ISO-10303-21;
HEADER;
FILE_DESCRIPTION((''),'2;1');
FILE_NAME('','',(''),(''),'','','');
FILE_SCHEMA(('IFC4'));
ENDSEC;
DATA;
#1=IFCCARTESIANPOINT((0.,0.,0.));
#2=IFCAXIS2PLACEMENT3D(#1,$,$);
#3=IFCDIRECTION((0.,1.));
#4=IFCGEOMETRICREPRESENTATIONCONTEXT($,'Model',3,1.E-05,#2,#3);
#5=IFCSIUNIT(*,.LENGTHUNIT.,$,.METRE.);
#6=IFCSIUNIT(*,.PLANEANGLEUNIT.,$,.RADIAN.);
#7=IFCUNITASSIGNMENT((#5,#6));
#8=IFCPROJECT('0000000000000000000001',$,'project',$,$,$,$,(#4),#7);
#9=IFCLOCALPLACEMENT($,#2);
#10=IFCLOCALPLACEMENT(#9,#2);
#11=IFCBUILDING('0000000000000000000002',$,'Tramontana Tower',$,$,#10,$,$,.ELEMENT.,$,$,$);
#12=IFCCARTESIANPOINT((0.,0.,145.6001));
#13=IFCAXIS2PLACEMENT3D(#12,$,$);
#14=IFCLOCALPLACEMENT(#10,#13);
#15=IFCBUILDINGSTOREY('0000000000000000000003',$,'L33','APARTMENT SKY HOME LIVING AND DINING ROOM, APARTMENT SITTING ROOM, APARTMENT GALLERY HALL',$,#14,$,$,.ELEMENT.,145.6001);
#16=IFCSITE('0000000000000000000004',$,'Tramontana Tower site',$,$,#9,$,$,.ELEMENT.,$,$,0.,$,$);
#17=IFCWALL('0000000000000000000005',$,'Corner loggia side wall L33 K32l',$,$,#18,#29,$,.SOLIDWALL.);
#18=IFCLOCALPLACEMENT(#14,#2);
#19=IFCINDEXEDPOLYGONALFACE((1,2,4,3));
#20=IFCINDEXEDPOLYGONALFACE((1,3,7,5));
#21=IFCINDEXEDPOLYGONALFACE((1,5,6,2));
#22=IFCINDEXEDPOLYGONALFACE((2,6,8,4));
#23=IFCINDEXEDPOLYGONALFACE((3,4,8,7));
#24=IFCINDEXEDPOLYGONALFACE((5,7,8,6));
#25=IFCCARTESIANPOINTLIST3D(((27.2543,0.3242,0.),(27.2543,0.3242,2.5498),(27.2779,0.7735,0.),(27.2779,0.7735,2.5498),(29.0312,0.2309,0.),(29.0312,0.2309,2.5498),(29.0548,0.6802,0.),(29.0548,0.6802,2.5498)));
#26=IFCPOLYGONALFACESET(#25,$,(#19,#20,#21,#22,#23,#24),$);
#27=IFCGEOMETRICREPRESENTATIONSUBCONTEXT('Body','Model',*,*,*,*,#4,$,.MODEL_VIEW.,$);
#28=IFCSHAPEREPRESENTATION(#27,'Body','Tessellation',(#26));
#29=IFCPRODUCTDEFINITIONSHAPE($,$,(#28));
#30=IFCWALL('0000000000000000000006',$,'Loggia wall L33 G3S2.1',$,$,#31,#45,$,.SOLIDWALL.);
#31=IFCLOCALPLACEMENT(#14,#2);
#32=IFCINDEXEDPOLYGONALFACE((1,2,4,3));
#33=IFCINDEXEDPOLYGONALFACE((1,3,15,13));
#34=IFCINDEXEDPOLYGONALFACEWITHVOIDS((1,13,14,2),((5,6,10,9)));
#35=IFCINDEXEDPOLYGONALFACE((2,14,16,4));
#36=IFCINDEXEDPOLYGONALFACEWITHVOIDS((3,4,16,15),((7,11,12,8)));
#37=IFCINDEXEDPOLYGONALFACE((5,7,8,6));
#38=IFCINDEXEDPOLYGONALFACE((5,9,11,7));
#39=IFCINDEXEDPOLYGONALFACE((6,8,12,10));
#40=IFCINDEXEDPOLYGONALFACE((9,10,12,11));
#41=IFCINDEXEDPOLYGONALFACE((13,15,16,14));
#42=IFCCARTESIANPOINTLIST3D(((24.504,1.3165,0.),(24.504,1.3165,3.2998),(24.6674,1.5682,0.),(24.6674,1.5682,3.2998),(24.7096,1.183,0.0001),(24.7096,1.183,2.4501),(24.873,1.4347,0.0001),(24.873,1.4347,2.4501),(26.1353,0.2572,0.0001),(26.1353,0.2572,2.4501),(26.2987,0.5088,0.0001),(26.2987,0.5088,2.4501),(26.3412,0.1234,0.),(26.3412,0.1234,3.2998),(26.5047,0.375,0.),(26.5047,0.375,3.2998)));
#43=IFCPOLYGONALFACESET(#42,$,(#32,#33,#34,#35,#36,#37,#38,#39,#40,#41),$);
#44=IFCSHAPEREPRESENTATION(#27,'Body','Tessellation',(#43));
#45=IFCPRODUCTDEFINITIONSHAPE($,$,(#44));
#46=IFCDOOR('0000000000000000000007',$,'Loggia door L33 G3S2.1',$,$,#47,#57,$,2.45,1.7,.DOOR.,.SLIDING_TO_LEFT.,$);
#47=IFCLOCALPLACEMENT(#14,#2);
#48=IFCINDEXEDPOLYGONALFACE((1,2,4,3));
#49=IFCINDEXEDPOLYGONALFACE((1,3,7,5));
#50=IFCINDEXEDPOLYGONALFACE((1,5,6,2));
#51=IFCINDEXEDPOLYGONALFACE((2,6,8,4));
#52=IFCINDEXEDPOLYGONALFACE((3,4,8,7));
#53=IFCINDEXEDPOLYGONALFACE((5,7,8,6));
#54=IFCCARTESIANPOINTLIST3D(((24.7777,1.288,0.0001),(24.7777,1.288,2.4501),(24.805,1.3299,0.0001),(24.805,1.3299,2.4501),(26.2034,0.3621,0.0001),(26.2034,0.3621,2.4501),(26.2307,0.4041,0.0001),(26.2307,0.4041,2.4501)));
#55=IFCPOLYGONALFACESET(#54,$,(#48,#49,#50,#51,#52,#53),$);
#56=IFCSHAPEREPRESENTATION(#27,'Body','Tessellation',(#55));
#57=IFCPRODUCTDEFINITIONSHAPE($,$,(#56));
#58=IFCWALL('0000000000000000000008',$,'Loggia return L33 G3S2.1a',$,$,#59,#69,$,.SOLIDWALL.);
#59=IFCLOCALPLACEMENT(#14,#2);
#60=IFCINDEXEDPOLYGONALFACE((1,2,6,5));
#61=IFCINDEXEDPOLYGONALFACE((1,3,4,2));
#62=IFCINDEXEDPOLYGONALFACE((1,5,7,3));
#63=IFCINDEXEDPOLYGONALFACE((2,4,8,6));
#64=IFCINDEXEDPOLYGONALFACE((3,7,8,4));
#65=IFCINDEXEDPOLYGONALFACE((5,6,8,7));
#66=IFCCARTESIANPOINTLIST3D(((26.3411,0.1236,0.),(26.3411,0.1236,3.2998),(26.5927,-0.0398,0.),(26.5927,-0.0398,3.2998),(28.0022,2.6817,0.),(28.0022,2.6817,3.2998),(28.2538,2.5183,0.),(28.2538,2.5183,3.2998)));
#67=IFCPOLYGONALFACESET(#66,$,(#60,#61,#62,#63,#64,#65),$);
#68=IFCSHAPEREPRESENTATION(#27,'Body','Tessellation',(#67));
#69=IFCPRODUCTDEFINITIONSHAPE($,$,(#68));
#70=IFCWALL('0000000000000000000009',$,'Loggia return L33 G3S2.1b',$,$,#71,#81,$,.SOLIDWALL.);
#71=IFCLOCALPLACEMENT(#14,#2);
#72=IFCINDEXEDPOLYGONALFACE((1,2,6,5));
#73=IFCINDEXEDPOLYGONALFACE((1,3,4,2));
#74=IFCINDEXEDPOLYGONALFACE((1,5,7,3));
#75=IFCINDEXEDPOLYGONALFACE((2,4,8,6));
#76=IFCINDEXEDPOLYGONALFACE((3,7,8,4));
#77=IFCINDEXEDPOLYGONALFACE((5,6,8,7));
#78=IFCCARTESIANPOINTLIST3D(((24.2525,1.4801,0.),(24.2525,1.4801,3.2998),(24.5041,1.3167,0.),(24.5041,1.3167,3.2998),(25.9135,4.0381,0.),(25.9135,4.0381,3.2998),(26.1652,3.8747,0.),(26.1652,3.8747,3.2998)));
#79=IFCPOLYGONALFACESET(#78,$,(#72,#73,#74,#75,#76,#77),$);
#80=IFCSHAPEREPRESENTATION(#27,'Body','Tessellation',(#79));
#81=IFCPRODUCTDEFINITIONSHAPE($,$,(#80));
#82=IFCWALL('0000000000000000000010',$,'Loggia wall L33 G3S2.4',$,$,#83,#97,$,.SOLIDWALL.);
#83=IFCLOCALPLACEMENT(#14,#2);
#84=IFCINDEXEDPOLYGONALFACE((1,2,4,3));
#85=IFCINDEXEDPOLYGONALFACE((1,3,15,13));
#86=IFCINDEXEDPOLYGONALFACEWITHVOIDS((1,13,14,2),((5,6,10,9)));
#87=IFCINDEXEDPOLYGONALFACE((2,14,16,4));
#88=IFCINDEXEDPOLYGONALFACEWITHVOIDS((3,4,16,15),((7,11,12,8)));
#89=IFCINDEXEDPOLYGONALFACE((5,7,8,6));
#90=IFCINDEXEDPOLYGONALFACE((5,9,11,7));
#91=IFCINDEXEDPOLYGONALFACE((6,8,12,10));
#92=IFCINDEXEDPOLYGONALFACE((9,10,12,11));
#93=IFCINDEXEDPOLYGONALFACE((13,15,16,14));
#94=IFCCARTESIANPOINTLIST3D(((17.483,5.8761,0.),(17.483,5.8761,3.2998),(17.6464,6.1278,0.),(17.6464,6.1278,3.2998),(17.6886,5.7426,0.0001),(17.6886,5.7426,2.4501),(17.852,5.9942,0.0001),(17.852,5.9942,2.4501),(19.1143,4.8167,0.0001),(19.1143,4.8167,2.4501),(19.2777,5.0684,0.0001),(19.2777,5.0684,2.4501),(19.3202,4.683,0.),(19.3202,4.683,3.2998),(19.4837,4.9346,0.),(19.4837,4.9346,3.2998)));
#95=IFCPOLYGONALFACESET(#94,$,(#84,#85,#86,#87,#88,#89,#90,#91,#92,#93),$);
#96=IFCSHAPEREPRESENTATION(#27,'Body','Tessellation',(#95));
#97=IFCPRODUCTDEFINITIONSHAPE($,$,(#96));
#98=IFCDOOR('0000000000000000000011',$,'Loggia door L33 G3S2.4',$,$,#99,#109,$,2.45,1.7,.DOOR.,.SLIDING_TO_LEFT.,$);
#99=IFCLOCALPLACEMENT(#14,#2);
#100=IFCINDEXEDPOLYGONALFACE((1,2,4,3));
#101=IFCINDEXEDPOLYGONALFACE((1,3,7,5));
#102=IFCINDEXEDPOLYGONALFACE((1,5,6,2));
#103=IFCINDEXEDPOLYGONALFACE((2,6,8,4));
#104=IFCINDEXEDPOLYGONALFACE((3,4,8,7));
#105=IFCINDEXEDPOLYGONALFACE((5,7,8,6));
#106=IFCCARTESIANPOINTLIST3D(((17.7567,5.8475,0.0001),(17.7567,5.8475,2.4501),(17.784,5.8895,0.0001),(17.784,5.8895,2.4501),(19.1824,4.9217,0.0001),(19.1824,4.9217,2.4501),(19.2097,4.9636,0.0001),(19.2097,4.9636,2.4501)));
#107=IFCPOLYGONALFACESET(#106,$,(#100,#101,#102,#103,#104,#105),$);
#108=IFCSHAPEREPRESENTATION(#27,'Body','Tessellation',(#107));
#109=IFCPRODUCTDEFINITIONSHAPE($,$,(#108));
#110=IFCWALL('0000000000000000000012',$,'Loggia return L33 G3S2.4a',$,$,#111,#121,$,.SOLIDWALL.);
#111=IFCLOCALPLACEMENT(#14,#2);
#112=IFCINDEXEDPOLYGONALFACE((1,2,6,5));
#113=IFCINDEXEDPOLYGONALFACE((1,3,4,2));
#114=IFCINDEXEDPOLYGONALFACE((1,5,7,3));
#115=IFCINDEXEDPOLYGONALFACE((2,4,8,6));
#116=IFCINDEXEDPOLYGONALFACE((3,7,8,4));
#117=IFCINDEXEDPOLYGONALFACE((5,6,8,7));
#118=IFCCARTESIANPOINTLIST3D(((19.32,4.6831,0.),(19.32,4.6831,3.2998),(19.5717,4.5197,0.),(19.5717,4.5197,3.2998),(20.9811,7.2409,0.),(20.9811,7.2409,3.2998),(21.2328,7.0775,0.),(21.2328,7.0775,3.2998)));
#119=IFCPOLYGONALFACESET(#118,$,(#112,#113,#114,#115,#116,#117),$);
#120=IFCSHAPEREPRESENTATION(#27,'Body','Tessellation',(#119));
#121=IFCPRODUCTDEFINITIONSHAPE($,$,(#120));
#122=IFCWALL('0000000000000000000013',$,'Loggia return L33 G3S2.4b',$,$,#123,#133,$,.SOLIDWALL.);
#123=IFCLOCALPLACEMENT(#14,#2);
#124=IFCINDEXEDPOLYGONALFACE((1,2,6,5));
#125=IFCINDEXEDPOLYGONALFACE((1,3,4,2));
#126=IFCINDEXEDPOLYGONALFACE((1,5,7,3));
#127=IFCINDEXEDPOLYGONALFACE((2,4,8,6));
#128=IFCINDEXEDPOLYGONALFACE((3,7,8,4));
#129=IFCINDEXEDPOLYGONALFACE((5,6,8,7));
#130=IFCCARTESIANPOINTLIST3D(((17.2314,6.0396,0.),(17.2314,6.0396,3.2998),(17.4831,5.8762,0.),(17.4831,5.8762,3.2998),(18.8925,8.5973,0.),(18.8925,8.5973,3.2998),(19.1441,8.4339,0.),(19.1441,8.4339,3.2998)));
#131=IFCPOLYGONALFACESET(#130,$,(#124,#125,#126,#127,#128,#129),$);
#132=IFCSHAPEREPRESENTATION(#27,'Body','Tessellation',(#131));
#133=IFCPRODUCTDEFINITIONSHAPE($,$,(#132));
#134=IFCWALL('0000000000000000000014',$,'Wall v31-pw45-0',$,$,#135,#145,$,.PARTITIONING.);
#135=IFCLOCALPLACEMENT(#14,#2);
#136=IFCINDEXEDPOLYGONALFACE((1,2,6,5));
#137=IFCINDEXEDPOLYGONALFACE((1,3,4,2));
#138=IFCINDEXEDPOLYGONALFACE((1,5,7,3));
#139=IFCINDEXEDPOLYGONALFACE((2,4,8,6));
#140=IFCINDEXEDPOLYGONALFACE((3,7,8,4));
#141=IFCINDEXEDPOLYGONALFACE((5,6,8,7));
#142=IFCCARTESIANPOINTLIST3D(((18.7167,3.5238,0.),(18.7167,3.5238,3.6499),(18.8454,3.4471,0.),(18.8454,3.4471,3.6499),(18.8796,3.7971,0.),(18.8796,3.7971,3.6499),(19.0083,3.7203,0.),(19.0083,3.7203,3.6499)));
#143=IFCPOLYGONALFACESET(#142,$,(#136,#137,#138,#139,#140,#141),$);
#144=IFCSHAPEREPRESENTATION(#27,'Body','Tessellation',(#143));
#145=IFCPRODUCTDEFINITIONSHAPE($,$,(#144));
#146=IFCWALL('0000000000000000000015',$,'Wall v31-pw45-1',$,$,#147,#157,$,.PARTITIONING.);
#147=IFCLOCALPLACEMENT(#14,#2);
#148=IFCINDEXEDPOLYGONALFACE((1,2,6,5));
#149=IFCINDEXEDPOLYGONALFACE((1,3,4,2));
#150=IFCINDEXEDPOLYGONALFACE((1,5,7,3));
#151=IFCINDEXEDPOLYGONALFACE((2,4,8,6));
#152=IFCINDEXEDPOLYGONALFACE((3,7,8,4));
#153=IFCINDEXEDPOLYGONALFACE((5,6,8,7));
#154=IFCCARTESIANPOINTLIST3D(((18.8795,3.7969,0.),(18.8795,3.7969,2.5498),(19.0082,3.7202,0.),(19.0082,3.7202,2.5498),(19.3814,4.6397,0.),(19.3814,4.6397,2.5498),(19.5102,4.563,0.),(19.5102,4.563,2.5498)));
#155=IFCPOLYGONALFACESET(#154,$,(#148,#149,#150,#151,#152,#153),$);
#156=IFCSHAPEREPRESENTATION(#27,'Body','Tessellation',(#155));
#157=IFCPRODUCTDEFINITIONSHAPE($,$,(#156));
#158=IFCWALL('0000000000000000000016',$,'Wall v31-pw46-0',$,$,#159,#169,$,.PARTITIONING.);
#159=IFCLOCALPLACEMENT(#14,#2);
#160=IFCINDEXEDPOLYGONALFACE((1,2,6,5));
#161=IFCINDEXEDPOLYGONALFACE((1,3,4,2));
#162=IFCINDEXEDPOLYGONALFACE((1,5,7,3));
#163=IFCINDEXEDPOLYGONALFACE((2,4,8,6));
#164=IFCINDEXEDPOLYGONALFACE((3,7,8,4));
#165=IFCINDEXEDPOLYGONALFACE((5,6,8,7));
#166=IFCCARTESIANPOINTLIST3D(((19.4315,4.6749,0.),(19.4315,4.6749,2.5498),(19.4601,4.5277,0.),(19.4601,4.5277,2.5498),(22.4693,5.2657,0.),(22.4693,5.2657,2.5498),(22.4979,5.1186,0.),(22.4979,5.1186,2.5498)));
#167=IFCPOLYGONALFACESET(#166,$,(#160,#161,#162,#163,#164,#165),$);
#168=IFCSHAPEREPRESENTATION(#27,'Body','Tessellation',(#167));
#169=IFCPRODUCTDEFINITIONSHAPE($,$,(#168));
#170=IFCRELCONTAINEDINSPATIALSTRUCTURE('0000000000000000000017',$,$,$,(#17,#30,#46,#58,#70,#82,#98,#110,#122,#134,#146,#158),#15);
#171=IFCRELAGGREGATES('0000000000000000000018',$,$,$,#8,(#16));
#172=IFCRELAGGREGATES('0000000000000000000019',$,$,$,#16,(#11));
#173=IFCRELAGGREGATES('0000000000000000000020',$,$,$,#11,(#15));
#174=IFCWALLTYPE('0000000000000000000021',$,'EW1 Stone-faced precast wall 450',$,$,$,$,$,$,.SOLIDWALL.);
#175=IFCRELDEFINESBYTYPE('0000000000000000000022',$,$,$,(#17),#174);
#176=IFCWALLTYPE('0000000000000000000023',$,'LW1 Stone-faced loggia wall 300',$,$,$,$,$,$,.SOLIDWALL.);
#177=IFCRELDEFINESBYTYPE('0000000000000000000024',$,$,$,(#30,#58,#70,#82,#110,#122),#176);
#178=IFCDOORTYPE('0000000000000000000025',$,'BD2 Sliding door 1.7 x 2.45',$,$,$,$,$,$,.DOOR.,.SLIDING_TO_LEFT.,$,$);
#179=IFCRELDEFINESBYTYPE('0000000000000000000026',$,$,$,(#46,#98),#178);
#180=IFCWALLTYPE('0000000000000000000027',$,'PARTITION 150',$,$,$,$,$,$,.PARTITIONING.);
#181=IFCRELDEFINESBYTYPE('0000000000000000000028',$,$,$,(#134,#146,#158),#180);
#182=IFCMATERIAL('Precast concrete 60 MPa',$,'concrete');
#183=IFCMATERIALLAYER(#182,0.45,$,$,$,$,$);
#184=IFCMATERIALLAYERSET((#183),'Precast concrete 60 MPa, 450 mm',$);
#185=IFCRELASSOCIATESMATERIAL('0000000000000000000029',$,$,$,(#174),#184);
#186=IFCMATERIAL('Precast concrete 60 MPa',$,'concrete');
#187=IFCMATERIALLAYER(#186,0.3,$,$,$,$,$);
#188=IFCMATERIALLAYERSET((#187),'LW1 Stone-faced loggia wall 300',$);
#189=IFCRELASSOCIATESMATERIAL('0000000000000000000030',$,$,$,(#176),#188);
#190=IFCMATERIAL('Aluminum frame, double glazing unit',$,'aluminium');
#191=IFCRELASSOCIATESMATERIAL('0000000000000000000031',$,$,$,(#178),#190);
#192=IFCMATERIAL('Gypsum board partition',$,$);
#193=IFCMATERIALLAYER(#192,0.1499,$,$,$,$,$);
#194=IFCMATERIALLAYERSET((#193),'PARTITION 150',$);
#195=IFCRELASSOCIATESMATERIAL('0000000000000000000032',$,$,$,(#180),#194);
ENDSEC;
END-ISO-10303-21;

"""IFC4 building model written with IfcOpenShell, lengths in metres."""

from ifc_helpers import new_model, si_unit, direction, frame, frame_2d, origin, place, context, subcontext, project, spatial, rectangle, extrude, material, layer, layer_set, type_object, element, fill, save


model = new_model("IFC4")

# Units and contexts
model_context = context("Model", 3, precision=1e-05, world=origin(), true_north=direction((0.0, 1.0)))
body_context = subcontext(model_context, "Body", "Model", "MODEL_VIEW")
ifc_project = project(units=[si_unit("LENGTHUNIT", "METRE"), si_unit("PLANEANGLEUNIT", "RADIAN")], contexts=[model_context])

# Site, building, storey
site_placement = place(None, origin())
site = spatial("IfcSite", under=ifc_project, at=site_placement, Name="Tramontana Tower site", CompositionType="ELEMENT", RefElevation=0.0)
building_placement = place(site_placement, origin())
building = spatial("IfcBuilding", under=site, at=building_placement, Name="Tramontana Tower", CompositionType="ELEMENT")
storey_placement = place(building_placement, frame((0.0, 0.0, 145.6001)))
storey = spatial("IfcBuildingStorey", under=building, at=storey_placement, Name="L33", Description="APARTMENT SKY HOME LIVING AND DINING ROOM, APARTMENT SITTING ROOM, APARTMENT GALLERY HALL", CompositionType="ELEMENT", Elevation=145.6001)

# Shared definitions
ifc_material_1 = material(Name="Precast concrete 60 MPa", Category="concrete")
ifc_layer_1 = layer(ifc_material_1, 0.45)
ifc_layer_set_1 = layer_set([ifc_layer_1], Name="Precast concrete 60 MPa, 450 mm")
wall_type_1 = type_object("IfcWallType", Name="EW1 Stone-faced precast wall 450", PredefinedType="SOLIDWALL", material=ifc_layer_set_1)

# Wall
wall_1_placement = place(storey_placement, frame((29.043, 0.4556, 0.0), z_axis=(0.0, 0.0, 1.0), x_axis=(-0.998625, 0.052415, 0.0)))
element("IfcWall", 1, at=wall_1_placement, inside=storey, type_object=wall_type_1, Name="Corner loggia side wall L33 K32l", PredefinedType="SOLIDWALL", context=body_context, shape_type="SweptSolid", body=[
    extrude(rectangle(XDim=1.7793, YDim=0.45, at=frame_2d((0.8896, 0.0))), origin(), (0.0, 0.0, 1.0), 2.5498),
])

# Wall, opening, door
ifc_material_2 = material(Name="Precast concrete 60 MPa", Category="concrete")
ifc_layer_2 = layer(ifc_material_2, 0.3)
ifc_layer_set_2 = layer_set([ifc_layer_2], Name="LW1 Stone-faced loggia wall 300")
wall_type_2 = type_object("IfcWallType", Name="LW1 Stone-faced loggia wall 300", PredefinedType="SOLIDWALL", material=ifc_layer_set_2)
wall_2_placement = place(storey_placement, frame((26.4229, 0.2493, 0.0), z_axis=(0.0, 0.0, 1.0), x_axis=(-0.83866, 0.544655, 0.0)))
wall_2 = element("IfcWall", 2, at=wall_2_placement, inside=storey, type_object=wall_type_2, Name="Loggia wall L33 G3S2.1", PredefinedType="SOLIDWALL", context=body_context, shape_type="SweptSolid", body=[
    extrude(rectangle(XDim=2.1907, YDim=0.3, at=frame_2d((1.0952, 0.0))), origin(), (0.0, 0.0, 1.0), 3.2998),
])
opening_1_placement = place(wall_2_placement, frame((0.2454, 0.0, 0.0)))
opening_1 = element("IfcOpeningElement", 3, at=opening_1_placement, cuts=wall_2, PredefinedType="OPENING", context=body_context, shape_type="SweptSolid", body=[
    extrude(rectangle(XDim=1.7, YDim=2.45, at=frame_2d((0.8501, 1.2251))), frame((0.0, 0.1599, 0.0), z_axis=(0.0, -1.0, 0.0), x_axis=(1.0, 0.0, 0.0)), (0.0, 0.0, 1.0), 0.3201),
])
ifc_material_3 = material(Name="Aluminum frame, double glazing unit", Category="aluminium")
door_type_1 = type_object("IfcDoorType", Name="BD2 Sliding door 1.7 x 2.45", OperationType="SLIDING_TO_LEFT", PredefinedType="DOOR", material=ifc_material_3)
door_1_placement = place(opening_1_placement, origin())
door_1 = element("IfcDoor", 4, at=door_1_placement, inside=storey, type_object=door_type_1, Name="Loggia door L33 G3S2.1", OperationType="SLIDING_TO_LEFT", OverallHeight=2.45, OverallWidth=1.7, PredefinedType="DOOR", context=body_context, shape_type="SweptSolid", body=[
    extrude(rectangle(XDim=1.7, YDim=2.45, at=frame_2d((0.8501, 1.2251))), frame((0.0, 0.0249, 0.0), z_axis=(0.0, -1.0, 0.0), x_axis=(1.0, 0.0, 0.0)), (0.0, 0.0, 1.0), 0.05),
])
fill(opening_1, door_1)

# Walls
for number, where, z_axis, x_axis, name in (
    (5, (28.1279, 2.5999, 0.0), (0.0, 0.0, 1.0), (-0.544611, -0.838689, 0.0), "Loggia return L33 G3S2.1a"),
    (6, (26.0393, 3.9563, 0.0), (0.0, 0.0, 1.0), (-0.544611, -0.838689, 0.0), "Loggia return L33 G3S2.1b"),
):
    element("IfcWall", number, at=place(storey_placement, frame(where, z_axis=z_axis, x_axis=x_axis)), inside=storey, type_object=wall_type_2, Name=name, PredefinedType="SOLIDWALL", context=body_context, shape_type="SweptSolid", body=[
        extrude(rectangle(XDim=3.05, YDim=0.3, at=frame_2d((1.5249, 0.0))), origin(), (0.0, 0.0, 1.0), 3.2998),
    ])

# Wall, opening, door
wall_3_placement = place(storey_placement, frame((19.4019, 4.8088, 0.0), z_axis=(0.0, 0.0, 1.0), x_axis=(-0.83866, 0.544655, 0.0)))
wall_3 = element("IfcWall", 7, at=wall_3_placement, inside=storey, type_object=wall_type_2, Name="Loggia wall L33 G3S2.4", PredefinedType="SOLIDWALL", context=body_context, shape_type="SweptSolid", body=[
    extrude(rectangle(XDim=2.1907, YDim=0.3, at=frame_2d((1.0952, 0.0))), origin(), (0.0, 0.0, 1.0), 3.2998),
])
opening_2_placement = place(wall_3_placement, frame((0.2454, 0.0, 0.0)))
opening_2 = element("IfcOpeningElement", 8, at=opening_2_placement, cuts=wall_3, PredefinedType="OPENING", context=body_context, shape_type="SweptSolid", body=[
    extrude(rectangle(XDim=1.7, YDim=2.45, at=frame_2d((0.8501, 1.2251))), frame((0.0, 0.1599, 0.0), z_axis=(0.0, -1.0, 0.0), x_axis=(1.0, 0.0, 0.0)), (0.0, 0.0, 1.0), 0.3201),
])
door_2_placement = place(opening_2_placement, origin())
door_2 = element("IfcDoor", 9, at=door_2_placement, inside=storey, type_object=door_type_1, Name="Loggia door L33 G3S2.4", OperationType="SLIDING_TO_LEFT", OverallHeight=2.45, OverallWidth=1.7, PredefinedType="DOOR", context=body_context, shape_type="SweptSolid", body=[
    extrude(rectangle(XDim=1.7, YDim=2.45, at=frame_2d((0.8501, 1.2251))), frame((0.0, 0.0249, 0.0), z_axis=(0.0, -1.0, 0.0), x_axis=(1.0, 0.0, 0.0)), (0.0, 0.0, 1.0), 0.05),
])
fill(opening_2, door_2)

# Walls
for number, where, z_axis, x_axis, name in (
    (10, (21.1069, 7.1592, 0.0), (0.0, 0.0, 1.0), (-0.544648, -0.838665, 0.0), "Loggia return L33 G3S2.4a"),
    (11, (19.0183, 8.5156, 0.0), (0.0, 0.0, 1.0), (-0.544648, -0.838665, 0.0), "Loggia return L33 G3S2.4b"),
):
    element("IfcWall", number, at=place(storey_placement, frame(where, z_axis=z_axis, x_axis=x_axis)), inside=storey, type_object=wall_type_2, Name=name, PredefinedType="SOLIDWALL", context=body_context, shape_type="SweptSolid", body=[
        extrude(rectangle(XDim=3.0498, YDim=0.3, at=frame_2d((1.5249, 0.0))), origin(), (0.0, 0.0, 1.0), 3.2998),
    ])
ifc_material_4 = material(Name="Gypsum board partition")
ifc_layer_3 = layer(ifc_material_4, 0.1499)
ifc_layer_set_3 = layer_set([ifc_layer_3], Name="PARTITION 150")
wall_type_3 = type_object("IfcWallType", Name="PARTITION 150", PredefinedType="PARTITIONING", material=ifc_layer_set_3)
wall_4_placement = place(storey_placement, frame((18.781, 3.4854, 0.0), z_axis=(0.0, 0.0, 1.0), x_axis=(0.51201, 0.858979, 0.0)))
element("IfcWall", 12, at=wall_4_placement, inside=storey, type_object=wall_type_3, Name="Wall v31-pw45-0", PredefinedType="PARTITIONING", context=body_context, shape_type="SweptSolid", body=[
    extrude(rectangle(XDim=0.3181, YDim=0.1499, at=frame_2d((0.1592, 0.0))), origin(), (0.0, 0.0, 1.0), 3.6499),
])
wall_5_placement = place(storey_placement, frame((18.9438, 3.7585, 0.0), z_axis=(0.0, 0.0, 1.0), x_axis=(0.511711, 0.859157, 0.0)))
element("IfcWall", 13, at=wall_5_placement, inside=storey, type_object=wall_type_3, Name="Wall v31-pw45-1", PredefinedType="PARTITIONING", context=body_context, shape_type="SweptSolid", body=[
    extrude(rectangle(XDim=0.981, YDim=0.1499, at=frame_2d((0.4905, 0.0))), origin(), (0.0, 0.0, 1.0), 2.5498),
])
wall_6_placement = place(storey_placement, frame((19.4458, 4.6013, 0.0), z_axis=(0.0, 0.0, 1.0), x_axis=(0.981608, 0.19091, 0.0)))
element("IfcWall", 14, at=wall_6_placement, inside=storey, type_object=wall_type_3, Name="Wall v31-pw46-0", PredefinedType="PARTITIONING", context=body_context, shape_type="SweptSolid", body=[
    extrude(rectangle(XDim=3.0947, YDim=0.1499, at=frame_2d((1.5474, 0.0))), origin(), (0.0, 0.0, 1.0), 2.5498),
])

save(model, "model.ifc")
